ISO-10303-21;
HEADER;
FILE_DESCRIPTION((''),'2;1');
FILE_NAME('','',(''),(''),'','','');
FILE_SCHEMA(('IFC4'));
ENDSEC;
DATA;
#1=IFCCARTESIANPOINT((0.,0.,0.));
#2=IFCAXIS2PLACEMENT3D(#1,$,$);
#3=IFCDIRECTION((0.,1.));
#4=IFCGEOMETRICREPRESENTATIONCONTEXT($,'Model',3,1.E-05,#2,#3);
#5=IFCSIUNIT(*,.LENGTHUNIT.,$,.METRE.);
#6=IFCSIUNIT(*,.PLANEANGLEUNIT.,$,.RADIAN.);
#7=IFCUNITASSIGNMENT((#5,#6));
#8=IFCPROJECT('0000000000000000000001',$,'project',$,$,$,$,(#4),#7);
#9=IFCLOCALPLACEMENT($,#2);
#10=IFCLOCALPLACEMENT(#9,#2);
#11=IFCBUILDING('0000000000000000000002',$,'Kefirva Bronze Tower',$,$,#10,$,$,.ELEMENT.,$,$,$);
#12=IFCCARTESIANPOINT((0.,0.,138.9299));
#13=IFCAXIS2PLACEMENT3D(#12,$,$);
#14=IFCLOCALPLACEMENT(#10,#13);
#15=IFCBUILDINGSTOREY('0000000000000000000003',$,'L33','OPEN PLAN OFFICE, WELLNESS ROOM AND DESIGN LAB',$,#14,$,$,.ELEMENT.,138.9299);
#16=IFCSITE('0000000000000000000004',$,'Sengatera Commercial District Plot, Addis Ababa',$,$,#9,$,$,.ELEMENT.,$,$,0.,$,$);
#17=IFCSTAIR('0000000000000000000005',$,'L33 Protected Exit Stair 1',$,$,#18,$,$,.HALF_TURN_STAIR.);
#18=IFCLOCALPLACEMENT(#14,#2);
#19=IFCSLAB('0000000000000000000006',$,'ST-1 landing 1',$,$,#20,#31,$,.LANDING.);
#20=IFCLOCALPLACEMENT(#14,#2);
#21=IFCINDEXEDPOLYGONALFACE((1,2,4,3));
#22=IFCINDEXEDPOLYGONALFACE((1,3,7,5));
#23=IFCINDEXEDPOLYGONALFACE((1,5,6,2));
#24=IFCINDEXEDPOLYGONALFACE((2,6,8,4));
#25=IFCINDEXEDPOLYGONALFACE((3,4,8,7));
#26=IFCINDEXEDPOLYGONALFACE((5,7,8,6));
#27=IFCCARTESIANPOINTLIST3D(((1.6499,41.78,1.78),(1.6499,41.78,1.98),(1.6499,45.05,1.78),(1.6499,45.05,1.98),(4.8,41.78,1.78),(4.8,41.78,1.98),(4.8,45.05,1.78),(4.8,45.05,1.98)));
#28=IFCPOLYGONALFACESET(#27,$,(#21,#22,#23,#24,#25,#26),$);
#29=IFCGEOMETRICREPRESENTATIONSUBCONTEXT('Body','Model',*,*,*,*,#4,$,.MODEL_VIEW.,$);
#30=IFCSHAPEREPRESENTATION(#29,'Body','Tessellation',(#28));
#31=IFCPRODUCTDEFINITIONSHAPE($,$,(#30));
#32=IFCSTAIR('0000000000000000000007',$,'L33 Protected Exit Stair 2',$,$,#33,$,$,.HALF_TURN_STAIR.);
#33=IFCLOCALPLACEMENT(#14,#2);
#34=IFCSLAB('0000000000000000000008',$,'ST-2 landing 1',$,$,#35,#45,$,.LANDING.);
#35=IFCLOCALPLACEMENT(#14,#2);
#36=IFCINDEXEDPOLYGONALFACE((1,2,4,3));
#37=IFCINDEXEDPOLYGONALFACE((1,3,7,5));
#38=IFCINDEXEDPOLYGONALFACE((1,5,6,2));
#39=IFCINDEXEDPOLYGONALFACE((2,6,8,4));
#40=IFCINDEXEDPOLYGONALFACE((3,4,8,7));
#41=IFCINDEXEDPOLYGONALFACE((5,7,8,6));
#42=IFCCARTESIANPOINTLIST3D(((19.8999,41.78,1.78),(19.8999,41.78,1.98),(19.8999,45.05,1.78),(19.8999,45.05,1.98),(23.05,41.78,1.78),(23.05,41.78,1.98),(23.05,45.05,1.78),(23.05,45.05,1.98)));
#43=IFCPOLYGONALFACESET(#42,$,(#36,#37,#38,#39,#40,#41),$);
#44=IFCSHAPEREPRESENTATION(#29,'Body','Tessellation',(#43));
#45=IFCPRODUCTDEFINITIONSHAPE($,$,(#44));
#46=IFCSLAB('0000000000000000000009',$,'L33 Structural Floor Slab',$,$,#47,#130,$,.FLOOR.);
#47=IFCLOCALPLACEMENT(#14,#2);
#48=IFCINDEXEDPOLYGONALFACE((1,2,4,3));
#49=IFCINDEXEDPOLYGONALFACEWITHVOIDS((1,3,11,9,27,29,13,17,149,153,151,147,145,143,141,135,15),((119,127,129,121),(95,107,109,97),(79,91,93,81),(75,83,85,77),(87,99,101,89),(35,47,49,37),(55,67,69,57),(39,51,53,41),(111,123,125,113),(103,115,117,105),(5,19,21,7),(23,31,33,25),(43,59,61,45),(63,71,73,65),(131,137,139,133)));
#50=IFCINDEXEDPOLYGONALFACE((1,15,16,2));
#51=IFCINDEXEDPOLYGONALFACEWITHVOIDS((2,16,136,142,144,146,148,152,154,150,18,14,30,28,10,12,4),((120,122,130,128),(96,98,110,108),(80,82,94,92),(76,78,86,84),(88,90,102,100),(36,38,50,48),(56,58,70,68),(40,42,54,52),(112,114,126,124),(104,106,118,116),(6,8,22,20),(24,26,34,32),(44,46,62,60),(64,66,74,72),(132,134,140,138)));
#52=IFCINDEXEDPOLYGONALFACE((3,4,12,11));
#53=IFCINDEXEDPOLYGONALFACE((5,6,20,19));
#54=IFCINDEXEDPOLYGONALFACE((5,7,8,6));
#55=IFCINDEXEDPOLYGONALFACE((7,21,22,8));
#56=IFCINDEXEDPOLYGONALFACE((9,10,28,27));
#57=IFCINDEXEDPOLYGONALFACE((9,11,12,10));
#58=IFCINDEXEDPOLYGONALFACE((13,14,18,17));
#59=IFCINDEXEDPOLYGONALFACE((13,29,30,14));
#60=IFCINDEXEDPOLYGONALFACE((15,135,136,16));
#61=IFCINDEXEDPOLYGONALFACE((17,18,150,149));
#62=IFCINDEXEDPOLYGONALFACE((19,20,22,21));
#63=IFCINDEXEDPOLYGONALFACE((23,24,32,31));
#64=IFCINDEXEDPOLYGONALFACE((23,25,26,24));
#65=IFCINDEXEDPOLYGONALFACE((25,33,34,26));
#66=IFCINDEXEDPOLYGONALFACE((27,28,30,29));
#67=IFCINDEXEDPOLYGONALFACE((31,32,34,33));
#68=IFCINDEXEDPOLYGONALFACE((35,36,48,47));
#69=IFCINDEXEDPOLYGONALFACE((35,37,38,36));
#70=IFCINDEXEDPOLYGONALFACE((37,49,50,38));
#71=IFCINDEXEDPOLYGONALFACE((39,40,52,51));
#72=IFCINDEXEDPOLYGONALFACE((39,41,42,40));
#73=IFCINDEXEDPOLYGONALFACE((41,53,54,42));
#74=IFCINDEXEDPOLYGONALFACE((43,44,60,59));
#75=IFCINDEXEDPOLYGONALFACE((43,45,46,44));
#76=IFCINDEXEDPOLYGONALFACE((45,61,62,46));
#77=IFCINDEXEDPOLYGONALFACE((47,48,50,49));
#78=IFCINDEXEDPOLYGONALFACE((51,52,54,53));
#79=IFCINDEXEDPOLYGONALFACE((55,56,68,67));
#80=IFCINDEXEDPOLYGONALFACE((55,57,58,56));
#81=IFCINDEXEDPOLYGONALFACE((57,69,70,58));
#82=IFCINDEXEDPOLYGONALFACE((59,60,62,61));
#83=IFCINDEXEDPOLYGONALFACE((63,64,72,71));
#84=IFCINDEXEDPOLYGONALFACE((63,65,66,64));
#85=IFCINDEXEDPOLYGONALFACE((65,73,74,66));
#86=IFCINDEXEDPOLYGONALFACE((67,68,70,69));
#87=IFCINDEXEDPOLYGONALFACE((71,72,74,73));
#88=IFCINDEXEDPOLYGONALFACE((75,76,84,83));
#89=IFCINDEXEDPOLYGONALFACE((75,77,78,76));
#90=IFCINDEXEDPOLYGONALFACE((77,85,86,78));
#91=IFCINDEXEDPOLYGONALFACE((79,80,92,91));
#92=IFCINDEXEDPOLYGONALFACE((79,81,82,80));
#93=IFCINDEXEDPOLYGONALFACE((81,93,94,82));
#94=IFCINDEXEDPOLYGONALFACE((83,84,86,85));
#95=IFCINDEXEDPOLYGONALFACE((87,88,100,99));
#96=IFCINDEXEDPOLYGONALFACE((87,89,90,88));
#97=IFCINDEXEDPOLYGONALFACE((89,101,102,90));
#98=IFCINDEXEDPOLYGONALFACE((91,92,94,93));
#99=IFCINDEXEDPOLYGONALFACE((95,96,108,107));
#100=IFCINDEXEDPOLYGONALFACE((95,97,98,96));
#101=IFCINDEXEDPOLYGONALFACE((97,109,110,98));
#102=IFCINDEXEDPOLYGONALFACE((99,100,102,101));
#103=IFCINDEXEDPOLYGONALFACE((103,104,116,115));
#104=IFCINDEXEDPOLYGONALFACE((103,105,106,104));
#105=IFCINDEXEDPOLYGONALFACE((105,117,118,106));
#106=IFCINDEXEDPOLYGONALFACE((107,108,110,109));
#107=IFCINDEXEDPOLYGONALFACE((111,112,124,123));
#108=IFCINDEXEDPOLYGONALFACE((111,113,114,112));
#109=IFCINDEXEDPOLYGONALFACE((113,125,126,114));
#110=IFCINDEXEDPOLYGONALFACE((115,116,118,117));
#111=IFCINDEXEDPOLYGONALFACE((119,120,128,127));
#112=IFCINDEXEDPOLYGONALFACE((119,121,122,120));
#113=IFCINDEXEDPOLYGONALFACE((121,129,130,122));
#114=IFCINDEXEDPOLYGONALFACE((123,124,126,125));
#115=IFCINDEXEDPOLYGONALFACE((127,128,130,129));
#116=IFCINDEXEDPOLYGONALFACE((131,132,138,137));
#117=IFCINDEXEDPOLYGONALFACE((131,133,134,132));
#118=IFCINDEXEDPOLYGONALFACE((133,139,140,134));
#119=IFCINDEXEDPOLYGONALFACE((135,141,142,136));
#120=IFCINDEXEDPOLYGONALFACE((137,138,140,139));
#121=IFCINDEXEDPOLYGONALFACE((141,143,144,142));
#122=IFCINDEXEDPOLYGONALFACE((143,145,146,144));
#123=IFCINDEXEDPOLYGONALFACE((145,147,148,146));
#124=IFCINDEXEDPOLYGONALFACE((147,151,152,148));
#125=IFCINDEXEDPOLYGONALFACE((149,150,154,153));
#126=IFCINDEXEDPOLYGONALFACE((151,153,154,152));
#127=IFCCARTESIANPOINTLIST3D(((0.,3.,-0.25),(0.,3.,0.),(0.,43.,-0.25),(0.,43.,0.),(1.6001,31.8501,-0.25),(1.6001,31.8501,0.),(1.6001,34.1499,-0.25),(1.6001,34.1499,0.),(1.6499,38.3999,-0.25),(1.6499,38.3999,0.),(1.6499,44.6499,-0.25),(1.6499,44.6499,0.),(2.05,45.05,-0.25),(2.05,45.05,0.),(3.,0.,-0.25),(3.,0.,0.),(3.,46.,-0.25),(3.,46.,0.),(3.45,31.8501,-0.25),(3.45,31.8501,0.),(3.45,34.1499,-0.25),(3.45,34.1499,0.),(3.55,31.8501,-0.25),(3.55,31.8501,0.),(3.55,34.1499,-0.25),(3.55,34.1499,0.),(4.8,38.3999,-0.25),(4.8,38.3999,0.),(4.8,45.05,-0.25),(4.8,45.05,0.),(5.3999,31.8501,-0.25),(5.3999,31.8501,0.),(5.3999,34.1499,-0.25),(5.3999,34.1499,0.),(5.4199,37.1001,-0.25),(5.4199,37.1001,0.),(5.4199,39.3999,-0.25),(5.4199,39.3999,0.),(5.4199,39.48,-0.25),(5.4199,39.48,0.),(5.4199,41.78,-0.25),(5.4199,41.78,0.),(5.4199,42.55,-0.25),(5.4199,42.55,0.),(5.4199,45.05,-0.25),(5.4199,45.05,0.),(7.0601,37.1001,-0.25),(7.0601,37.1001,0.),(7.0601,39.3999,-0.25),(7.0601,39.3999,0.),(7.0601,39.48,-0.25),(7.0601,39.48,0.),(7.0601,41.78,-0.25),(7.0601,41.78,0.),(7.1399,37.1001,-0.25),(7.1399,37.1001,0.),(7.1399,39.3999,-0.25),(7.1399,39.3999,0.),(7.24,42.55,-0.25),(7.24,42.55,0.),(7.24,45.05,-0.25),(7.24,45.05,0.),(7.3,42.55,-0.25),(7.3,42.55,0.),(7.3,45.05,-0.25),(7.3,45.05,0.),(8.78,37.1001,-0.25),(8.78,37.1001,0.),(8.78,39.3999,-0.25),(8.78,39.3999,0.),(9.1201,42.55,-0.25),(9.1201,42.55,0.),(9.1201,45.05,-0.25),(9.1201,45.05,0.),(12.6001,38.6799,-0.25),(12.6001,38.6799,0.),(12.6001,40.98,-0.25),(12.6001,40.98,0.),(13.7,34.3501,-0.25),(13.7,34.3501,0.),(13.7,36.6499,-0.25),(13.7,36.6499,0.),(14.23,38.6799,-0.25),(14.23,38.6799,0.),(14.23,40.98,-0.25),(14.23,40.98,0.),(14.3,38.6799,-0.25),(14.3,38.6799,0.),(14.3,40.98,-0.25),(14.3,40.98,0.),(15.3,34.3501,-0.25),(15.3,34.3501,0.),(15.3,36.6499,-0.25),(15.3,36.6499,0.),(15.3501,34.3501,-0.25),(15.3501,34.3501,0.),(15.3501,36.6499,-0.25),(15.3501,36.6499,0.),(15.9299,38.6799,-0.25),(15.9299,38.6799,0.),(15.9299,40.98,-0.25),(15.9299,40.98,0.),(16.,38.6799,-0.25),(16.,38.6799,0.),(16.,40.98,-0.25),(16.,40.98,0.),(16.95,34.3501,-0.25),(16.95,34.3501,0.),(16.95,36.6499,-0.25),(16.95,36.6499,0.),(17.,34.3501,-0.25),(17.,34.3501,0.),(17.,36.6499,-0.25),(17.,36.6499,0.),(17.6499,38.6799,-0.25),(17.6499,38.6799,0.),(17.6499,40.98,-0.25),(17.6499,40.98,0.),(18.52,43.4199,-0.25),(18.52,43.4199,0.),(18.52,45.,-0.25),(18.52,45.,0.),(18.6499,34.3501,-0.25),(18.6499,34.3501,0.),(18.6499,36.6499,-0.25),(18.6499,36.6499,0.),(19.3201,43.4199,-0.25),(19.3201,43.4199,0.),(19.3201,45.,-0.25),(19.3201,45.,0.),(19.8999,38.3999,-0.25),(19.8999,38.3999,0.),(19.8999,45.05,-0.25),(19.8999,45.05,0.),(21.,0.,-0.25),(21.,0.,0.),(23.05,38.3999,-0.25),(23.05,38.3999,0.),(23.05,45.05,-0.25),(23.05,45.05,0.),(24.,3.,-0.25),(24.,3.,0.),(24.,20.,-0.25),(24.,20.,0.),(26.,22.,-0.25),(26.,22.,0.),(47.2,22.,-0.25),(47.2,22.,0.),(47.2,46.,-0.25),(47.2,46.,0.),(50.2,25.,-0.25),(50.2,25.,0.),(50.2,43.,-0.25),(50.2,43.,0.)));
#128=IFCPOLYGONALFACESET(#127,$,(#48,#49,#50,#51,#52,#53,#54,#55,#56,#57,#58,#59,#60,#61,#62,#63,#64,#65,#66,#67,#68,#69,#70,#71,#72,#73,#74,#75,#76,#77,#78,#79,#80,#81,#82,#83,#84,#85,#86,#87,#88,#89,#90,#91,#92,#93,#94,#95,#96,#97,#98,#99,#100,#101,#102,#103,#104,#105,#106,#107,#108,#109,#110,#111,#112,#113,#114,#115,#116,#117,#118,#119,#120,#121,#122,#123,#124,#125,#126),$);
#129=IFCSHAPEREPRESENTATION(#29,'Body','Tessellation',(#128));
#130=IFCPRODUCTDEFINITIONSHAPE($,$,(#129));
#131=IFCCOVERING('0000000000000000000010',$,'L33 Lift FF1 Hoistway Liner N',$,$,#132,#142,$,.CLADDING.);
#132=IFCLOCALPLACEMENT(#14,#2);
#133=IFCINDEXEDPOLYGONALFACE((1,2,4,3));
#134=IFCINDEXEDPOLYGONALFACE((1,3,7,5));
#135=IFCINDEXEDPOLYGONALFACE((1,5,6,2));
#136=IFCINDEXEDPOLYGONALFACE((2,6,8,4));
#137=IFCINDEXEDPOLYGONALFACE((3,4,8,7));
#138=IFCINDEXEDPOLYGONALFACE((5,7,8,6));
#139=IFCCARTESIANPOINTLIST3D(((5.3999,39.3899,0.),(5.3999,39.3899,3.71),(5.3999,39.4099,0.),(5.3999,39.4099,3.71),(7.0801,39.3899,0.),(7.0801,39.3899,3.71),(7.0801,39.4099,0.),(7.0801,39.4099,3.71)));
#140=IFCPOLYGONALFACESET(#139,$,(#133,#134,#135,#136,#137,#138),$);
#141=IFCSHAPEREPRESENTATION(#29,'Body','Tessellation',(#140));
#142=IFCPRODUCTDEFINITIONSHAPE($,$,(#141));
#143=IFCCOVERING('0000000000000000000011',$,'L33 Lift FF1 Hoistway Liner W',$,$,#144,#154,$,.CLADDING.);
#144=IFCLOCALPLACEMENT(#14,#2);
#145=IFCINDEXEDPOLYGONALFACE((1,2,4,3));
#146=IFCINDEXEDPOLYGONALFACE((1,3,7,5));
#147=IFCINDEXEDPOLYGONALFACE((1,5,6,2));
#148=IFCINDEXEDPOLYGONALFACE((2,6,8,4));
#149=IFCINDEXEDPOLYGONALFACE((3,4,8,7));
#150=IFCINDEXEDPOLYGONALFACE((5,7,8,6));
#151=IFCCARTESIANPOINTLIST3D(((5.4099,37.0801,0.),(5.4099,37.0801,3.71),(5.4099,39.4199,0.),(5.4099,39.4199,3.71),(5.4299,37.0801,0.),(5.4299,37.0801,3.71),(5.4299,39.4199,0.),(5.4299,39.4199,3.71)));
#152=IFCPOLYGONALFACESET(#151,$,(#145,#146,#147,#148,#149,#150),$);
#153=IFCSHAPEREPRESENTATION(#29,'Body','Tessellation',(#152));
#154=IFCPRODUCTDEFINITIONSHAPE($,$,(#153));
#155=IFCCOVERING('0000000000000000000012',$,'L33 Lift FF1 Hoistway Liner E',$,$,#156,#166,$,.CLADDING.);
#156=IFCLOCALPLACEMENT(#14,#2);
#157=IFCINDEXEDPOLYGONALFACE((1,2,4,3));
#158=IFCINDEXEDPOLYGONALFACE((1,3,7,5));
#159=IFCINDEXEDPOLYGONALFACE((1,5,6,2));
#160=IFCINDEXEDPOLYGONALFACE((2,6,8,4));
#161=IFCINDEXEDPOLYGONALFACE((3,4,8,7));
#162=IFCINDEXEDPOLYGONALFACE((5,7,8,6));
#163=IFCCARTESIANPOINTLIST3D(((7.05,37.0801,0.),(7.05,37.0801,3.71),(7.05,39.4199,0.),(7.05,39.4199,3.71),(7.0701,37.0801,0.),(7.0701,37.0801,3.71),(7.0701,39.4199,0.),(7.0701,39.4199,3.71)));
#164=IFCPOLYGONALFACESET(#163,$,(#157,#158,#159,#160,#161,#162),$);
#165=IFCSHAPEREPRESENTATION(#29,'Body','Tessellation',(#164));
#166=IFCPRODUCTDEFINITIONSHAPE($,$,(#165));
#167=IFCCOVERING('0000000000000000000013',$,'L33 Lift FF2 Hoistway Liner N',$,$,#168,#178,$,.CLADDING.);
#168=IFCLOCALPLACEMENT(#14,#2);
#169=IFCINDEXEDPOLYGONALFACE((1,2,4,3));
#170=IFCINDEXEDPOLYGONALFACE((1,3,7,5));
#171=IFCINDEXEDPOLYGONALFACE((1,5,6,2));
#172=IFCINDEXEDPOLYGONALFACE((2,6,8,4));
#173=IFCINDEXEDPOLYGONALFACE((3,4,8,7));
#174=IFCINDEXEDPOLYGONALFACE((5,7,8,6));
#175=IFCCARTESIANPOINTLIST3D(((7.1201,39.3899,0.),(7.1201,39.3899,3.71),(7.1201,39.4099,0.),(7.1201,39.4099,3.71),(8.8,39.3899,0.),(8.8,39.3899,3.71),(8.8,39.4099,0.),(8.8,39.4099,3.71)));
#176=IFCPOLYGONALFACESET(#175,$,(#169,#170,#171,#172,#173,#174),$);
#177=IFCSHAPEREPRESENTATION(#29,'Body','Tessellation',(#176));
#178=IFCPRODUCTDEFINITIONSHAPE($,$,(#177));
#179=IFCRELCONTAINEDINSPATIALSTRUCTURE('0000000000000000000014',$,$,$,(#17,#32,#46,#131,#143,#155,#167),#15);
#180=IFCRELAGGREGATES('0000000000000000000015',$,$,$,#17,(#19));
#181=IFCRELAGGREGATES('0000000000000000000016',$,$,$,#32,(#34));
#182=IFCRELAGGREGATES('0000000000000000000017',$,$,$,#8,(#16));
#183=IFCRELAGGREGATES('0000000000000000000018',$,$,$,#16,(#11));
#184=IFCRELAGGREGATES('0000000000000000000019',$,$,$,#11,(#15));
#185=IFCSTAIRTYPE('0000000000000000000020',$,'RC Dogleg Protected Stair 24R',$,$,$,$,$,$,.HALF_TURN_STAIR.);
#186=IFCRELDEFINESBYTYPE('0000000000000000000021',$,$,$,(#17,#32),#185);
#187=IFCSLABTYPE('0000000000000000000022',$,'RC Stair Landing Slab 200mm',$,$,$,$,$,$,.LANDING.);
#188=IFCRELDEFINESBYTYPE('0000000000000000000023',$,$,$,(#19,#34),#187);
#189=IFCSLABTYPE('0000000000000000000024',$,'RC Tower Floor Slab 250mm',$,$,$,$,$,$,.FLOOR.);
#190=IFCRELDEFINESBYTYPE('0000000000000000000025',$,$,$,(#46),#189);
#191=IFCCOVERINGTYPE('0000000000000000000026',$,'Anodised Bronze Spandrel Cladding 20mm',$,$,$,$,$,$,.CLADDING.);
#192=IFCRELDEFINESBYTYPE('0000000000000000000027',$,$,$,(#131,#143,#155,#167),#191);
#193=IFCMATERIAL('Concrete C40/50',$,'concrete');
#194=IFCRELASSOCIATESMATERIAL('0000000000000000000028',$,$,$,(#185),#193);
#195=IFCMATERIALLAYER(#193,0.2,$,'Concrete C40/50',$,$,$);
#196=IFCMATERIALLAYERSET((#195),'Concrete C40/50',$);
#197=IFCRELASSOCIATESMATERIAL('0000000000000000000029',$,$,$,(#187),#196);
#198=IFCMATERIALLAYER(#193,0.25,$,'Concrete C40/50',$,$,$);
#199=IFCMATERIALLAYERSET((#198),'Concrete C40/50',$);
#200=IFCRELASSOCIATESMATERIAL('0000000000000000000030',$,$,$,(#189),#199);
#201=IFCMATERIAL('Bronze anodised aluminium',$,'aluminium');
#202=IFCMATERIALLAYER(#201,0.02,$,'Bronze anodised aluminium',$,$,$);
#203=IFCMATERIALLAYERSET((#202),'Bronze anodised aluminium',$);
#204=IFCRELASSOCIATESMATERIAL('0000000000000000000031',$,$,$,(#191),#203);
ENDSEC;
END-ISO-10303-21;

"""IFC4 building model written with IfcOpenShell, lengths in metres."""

from ifc_helpers import new_model, si_unit, direction, frame, origin, place, context, subcontext, project, spatial, polyline, outline, extrude, material, layer, layer_set, type_object, element, aggregate, save


model = new_model("IFC4")

# Units and contexts
model_context = context("Model", 3, precision=1e-05, world=origin(), true_north=direction((0.0, 1.0)))
body_context = subcontext(model_context, "Body", "Model", "MODEL_VIEW")
ifc_project = project(units=[si_unit("LENGTHUNIT", "METRE"), si_unit("PLANEANGLEUNIT", "RADIAN")], contexts=[model_context])

# Site, building, storey
site_placement = place(None, origin())
site = spatial("IfcSite", under=ifc_project, at=site_placement, Name="Sengatera Commercial District Plot, Addis Ababa", CompositionType="ELEMENT", RefElevation=0.0)
building_placement = place(site_placement, origin())
building = spatial("IfcBuilding", under=site, at=building_placement, Name="Kefirva Bronze Tower", CompositionType="ELEMENT")
storey_placement = place(building_placement, frame((0.0, 0.0, 138.9299)))
storey = spatial("IfcBuildingStorey", under=building, at=storey_placement, Name="L33", Description="OPEN PLAN OFFICE, WELLNESS ROOM AND DESIGN LAB", CompositionType="ELEMENT", Elevation=138.9299)

# Stairs, slabs
ifc_material_1 = material(Name="Concrete C40/50", Category="concrete")
stair_type = type_object("IfcStairType", Name="RC Dogleg Protected Stair 24R", PredefinedType="HALF_TURN_STAIR", material=ifc_material_1)
stair_1_placement = place(storey_placement, origin())
stair_1 = element("IfcStair", 1, at=stair_1_placement, inside=storey, type_object=stair_type, Name="L33 Protected Exit Stair 1", PredefinedType="HALF_TURN_STAIR")
ifc_layer_1 = layer(ifc_material_1, 0.2, Name="Concrete C40/50")
ifc_layer_set_1 = layer_set([ifc_layer_1], Name="Concrete C40/50")
slab_type_1 = type_object("IfcSlabType", Name="RC Stair Landing Slab 200mm", PredefinedType="LANDING", material=ifc_layer_set_1)
slab_1_placement = place(storey_placement, frame((0.0, 0.0, 1.78)))
slab_1 = element("IfcSlab", 2, at=slab_1_placement, type_object=slab_type_1, Name="ST-1 landing 1", PredefinedType="LANDING", context=body_context, shape_type="SweptSolid", body=[
    extrude(outline(polyline([(4.8, 41.78), (4.8, 45.05), (1.6499, 45.05), (1.6499, 41.78), (4.8, 41.78)])), origin(), (0.0, 0.0, 1.0), 0.2),
])
aggregate(stair_1, [slab_1])
stair_2_placement = place(storey_placement, origin())
stair_2 = element("IfcStair", 3, at=stair_2_placement, inside=storey, type_object=stair_type, Name="L33 Protected Exit Stair 2", PredefinedType="HALF_TURN_STAIR")
slab_2_placement = place(storey_placement, frame((0.0, 0.0, 1.78)))
slab_2 = element("IfcSlab", 4, at=slab_2_placement, type_object=slab_type_1, Name="ST-2 landing 1", PredefinedType="LANDING", context=body_context, shape_type="SweptSolid", body=[
    extrude(outline(polyline([(23.05, 41.78), (23.05, 45.05), (19.8999, 45.05), (19.8999, 41.78), (23.05, 41.78)])), origin(), (0.0, 0.0, 1.0), 0.2),
])
aggregate(stair_2, [slab_2])

# Slab
ifc_layer_2 = layer(ifc_material_1, 0.25, Name="Concrete C40/50")
ifc_layer_set_2 = layer_set([ifc_layer_2], Name="Concrete C40/50")
slab_type_2 = type_object("IfcSlabType", Name="RC Tower Floor Slab 250mm", PredefinedType="FLOOR", material=ifc_layer_set_2)
slab_3_placement = place(storey_placement, frame((0.0, 0.0, -0.25)))
element("IfcSlab", 5, at=slab_3_placement, inside=storey, type_object=slab_type_2, Name="L33 Structural Floor Slab", PredefinedType="FLOOR", context=body_context, shape_type="SweptSolid", body=[
    extrude(outline(polyline([(0.0, 3.0), (0.0, 43.0), (1.6499, 44.6499), (1.6499, 38.3999), (4.8, 38.3999), (4.8, 45.05), (2.05, 45.05), (3.0, 46.0), (47.2, 46.0), (50.2, 43.0), (50.2, 25.0), (47.2, 22.0), (26.0, 22.0), (24.0, 20.0), (24.0, 3.0), (21.0, 0.0), (3.0, 0.0), (0.0, 3.0)]), holes=[polyline([(23.05, 38.3999), (23.05, 45.05), (19.8999, 45.05), (19.8999, 38.3999), (23.05, 38.3999)]), polyline([(19.3201, 43.4199), (19.3201, 45.0), (18.52, 45.0), (18.52, 43.4199), (19.3201, 43.4199)]), polyline([(18.6499, 34.3501), (18.6499, 36.6499), (17.0, 36.6499), (17.0, 34.3501), (18.6499, 34.3501)]), polyline([(17.6499, 38.6799), (17.6499, 40.98), (16.0, 40.98), (16.0, 38.6799), (17.6499, 38.6799)]), polyline([(16.95, 34.3501), (16.95, 36.6499), (15.3501, 36.6499), (15.3501, 34.3501), (16.95, 34.3501)]), polyline([(15.9299, 38.6799), (15.9299, 40.98), (14.3, 40.98), (14.3, 38.6799), (15.9299, 38.6799)]), polyline([(15.3, 34.3501), (15.3, 36.6499), (13.7, 36.6499), (13.7, 34.3501), (15.3, 34.3501)]), polyline([(14.23, 38.6799), (14.23, 40.98), (12.6001, 40.98), (12.6001, 38.6799), (14.23, 38.6799)]), polyline([(9.1201, 42.55), (9.1201, 45.05), (7.3, 45.05), (7.3, 42.55), (9.1201, 42.55)]), polyline([(8.78, 37.1001), (8.78, 39.3999), (7.1399, 39.3999), (7.1399, 37.1001), (8.78, 37.1001)]), polyline([(7.24, 42.55), (7.24, 45.05), (5.4199, 45.05), (5.4199, 42.55), (7.24, 42.55)]), polyline([(7.0601, 37.1001), (7.0601, 39.3999), (5.4199, 39.3999), (5.4199, 37.1001), (7.0601, 37.1001)]), polyline([(7.0601, 39.48), (7.0601, 41.78), (5.4199, 41.78), (5.4199, 39.48), (7.0601, 39.48)]), polyline([(5.3999, 31.8501), (5.3999, 34.1499), (3.55, 34.1499), (3.55, 31.8501), (5.3999, 31.8501)]), polyline([(3.45, 31.8501), (3.45, 34.1499), (1.6001, 34.1499), (1.6001, 31.8501), (3.45, 31.8501)])]), origin(), (0.0, 0.0, 1.0), 0.25),
])

# Coverings
ifc_material_2 = material(Name="Bronze anodised aluminium", Category="aluminium")
ifc_layer_3 = layer(ifc_material_2, 0.02, Name="Bronze anodised aluminium")
ifc_layer_set_3 = layer_set([ifc_layer_3], Name="Bronze anodised aluminium")
covering_type = type_object("IfcCoveringType", Name="Anodised Bronze Spandrel Cladding 20mm", PredefinedType="CLADDING", material=ifc_layer_set_3)
covering_1_placement = place(storey_placement, origin())
element("IfcCovering", 6, at=covering_1_placement, inside=storey, type_object=covering_type, Name="L33 Lift FF1 Hoistway Liner N", PredefinedType="CLADDING", context=body_context, shape_type="SweptSolid", body=[
    extrude(outline(polyline([(5.3999, 39.3899), (7.0801, 39.3899), (7.0801, 39.4099), (5.3999, 39.4099), (5.3999, 39.3899)])), origin(), (0.0, 0.0, 1.0), 3.71),
])
covering_2_placement = place(storey_placement, origin())
element("IfcCovering", 7, at=covering_2_placement, inside=storey, type_object=covering_type, Name="L33 Lift FF1 Hoistway Liner W", PredefinedType="CLADDING", context=body_context, shape_type="SweptSolid", body=[
    extrude(outline(polyline([(5.4099, 37.0801), (5.4299, 37.0801), (5.4299, 39.4199), (5.4099, 39.4199), (5.4099, 37.0801)])), origin(), (0.0, 0.0, 1.0), 3.71),
])
covering_3_placement = place(storey_placement, origin())
element("IfcCovering", 8, at=covering_3_placement, inside=storey, type_object=covering_type, Name="L33 Lift FF1 Hoistway Liner E", PredefinedType="CLADDING", context=body_context, shape_type="SweptSolid", body=[
    extrude(outline(polyline([(7.05, 37.0801), (7.0701, 37.0801), (7.0701, 39.4199), (7.05, 39.4199), (7.05, 37.0801)])), origin(), (0.0, 0.0, 1.0), 3.71),
])
covering_4_placement = place(storey_placement, origin())
element("IfcCovering", 9, at=covering_4_placement, inside=storey, type_object=covering_type, Name="L33 Lift FF2 Hoistway Liner N", PredefinedType="CLADDING", context=body_context, shape_type="SweptSolid", body=[
    extrude(outline(polyline([(7.1201, 39.3899), (8.8, 39.3899), (8.8, 39.4099), (7.1201, 39.4099), (7.1201, 39.3899)])), origin(), (0.0, 0.0, 1.0), 3.71),
])

save(model, "model.ifc")
